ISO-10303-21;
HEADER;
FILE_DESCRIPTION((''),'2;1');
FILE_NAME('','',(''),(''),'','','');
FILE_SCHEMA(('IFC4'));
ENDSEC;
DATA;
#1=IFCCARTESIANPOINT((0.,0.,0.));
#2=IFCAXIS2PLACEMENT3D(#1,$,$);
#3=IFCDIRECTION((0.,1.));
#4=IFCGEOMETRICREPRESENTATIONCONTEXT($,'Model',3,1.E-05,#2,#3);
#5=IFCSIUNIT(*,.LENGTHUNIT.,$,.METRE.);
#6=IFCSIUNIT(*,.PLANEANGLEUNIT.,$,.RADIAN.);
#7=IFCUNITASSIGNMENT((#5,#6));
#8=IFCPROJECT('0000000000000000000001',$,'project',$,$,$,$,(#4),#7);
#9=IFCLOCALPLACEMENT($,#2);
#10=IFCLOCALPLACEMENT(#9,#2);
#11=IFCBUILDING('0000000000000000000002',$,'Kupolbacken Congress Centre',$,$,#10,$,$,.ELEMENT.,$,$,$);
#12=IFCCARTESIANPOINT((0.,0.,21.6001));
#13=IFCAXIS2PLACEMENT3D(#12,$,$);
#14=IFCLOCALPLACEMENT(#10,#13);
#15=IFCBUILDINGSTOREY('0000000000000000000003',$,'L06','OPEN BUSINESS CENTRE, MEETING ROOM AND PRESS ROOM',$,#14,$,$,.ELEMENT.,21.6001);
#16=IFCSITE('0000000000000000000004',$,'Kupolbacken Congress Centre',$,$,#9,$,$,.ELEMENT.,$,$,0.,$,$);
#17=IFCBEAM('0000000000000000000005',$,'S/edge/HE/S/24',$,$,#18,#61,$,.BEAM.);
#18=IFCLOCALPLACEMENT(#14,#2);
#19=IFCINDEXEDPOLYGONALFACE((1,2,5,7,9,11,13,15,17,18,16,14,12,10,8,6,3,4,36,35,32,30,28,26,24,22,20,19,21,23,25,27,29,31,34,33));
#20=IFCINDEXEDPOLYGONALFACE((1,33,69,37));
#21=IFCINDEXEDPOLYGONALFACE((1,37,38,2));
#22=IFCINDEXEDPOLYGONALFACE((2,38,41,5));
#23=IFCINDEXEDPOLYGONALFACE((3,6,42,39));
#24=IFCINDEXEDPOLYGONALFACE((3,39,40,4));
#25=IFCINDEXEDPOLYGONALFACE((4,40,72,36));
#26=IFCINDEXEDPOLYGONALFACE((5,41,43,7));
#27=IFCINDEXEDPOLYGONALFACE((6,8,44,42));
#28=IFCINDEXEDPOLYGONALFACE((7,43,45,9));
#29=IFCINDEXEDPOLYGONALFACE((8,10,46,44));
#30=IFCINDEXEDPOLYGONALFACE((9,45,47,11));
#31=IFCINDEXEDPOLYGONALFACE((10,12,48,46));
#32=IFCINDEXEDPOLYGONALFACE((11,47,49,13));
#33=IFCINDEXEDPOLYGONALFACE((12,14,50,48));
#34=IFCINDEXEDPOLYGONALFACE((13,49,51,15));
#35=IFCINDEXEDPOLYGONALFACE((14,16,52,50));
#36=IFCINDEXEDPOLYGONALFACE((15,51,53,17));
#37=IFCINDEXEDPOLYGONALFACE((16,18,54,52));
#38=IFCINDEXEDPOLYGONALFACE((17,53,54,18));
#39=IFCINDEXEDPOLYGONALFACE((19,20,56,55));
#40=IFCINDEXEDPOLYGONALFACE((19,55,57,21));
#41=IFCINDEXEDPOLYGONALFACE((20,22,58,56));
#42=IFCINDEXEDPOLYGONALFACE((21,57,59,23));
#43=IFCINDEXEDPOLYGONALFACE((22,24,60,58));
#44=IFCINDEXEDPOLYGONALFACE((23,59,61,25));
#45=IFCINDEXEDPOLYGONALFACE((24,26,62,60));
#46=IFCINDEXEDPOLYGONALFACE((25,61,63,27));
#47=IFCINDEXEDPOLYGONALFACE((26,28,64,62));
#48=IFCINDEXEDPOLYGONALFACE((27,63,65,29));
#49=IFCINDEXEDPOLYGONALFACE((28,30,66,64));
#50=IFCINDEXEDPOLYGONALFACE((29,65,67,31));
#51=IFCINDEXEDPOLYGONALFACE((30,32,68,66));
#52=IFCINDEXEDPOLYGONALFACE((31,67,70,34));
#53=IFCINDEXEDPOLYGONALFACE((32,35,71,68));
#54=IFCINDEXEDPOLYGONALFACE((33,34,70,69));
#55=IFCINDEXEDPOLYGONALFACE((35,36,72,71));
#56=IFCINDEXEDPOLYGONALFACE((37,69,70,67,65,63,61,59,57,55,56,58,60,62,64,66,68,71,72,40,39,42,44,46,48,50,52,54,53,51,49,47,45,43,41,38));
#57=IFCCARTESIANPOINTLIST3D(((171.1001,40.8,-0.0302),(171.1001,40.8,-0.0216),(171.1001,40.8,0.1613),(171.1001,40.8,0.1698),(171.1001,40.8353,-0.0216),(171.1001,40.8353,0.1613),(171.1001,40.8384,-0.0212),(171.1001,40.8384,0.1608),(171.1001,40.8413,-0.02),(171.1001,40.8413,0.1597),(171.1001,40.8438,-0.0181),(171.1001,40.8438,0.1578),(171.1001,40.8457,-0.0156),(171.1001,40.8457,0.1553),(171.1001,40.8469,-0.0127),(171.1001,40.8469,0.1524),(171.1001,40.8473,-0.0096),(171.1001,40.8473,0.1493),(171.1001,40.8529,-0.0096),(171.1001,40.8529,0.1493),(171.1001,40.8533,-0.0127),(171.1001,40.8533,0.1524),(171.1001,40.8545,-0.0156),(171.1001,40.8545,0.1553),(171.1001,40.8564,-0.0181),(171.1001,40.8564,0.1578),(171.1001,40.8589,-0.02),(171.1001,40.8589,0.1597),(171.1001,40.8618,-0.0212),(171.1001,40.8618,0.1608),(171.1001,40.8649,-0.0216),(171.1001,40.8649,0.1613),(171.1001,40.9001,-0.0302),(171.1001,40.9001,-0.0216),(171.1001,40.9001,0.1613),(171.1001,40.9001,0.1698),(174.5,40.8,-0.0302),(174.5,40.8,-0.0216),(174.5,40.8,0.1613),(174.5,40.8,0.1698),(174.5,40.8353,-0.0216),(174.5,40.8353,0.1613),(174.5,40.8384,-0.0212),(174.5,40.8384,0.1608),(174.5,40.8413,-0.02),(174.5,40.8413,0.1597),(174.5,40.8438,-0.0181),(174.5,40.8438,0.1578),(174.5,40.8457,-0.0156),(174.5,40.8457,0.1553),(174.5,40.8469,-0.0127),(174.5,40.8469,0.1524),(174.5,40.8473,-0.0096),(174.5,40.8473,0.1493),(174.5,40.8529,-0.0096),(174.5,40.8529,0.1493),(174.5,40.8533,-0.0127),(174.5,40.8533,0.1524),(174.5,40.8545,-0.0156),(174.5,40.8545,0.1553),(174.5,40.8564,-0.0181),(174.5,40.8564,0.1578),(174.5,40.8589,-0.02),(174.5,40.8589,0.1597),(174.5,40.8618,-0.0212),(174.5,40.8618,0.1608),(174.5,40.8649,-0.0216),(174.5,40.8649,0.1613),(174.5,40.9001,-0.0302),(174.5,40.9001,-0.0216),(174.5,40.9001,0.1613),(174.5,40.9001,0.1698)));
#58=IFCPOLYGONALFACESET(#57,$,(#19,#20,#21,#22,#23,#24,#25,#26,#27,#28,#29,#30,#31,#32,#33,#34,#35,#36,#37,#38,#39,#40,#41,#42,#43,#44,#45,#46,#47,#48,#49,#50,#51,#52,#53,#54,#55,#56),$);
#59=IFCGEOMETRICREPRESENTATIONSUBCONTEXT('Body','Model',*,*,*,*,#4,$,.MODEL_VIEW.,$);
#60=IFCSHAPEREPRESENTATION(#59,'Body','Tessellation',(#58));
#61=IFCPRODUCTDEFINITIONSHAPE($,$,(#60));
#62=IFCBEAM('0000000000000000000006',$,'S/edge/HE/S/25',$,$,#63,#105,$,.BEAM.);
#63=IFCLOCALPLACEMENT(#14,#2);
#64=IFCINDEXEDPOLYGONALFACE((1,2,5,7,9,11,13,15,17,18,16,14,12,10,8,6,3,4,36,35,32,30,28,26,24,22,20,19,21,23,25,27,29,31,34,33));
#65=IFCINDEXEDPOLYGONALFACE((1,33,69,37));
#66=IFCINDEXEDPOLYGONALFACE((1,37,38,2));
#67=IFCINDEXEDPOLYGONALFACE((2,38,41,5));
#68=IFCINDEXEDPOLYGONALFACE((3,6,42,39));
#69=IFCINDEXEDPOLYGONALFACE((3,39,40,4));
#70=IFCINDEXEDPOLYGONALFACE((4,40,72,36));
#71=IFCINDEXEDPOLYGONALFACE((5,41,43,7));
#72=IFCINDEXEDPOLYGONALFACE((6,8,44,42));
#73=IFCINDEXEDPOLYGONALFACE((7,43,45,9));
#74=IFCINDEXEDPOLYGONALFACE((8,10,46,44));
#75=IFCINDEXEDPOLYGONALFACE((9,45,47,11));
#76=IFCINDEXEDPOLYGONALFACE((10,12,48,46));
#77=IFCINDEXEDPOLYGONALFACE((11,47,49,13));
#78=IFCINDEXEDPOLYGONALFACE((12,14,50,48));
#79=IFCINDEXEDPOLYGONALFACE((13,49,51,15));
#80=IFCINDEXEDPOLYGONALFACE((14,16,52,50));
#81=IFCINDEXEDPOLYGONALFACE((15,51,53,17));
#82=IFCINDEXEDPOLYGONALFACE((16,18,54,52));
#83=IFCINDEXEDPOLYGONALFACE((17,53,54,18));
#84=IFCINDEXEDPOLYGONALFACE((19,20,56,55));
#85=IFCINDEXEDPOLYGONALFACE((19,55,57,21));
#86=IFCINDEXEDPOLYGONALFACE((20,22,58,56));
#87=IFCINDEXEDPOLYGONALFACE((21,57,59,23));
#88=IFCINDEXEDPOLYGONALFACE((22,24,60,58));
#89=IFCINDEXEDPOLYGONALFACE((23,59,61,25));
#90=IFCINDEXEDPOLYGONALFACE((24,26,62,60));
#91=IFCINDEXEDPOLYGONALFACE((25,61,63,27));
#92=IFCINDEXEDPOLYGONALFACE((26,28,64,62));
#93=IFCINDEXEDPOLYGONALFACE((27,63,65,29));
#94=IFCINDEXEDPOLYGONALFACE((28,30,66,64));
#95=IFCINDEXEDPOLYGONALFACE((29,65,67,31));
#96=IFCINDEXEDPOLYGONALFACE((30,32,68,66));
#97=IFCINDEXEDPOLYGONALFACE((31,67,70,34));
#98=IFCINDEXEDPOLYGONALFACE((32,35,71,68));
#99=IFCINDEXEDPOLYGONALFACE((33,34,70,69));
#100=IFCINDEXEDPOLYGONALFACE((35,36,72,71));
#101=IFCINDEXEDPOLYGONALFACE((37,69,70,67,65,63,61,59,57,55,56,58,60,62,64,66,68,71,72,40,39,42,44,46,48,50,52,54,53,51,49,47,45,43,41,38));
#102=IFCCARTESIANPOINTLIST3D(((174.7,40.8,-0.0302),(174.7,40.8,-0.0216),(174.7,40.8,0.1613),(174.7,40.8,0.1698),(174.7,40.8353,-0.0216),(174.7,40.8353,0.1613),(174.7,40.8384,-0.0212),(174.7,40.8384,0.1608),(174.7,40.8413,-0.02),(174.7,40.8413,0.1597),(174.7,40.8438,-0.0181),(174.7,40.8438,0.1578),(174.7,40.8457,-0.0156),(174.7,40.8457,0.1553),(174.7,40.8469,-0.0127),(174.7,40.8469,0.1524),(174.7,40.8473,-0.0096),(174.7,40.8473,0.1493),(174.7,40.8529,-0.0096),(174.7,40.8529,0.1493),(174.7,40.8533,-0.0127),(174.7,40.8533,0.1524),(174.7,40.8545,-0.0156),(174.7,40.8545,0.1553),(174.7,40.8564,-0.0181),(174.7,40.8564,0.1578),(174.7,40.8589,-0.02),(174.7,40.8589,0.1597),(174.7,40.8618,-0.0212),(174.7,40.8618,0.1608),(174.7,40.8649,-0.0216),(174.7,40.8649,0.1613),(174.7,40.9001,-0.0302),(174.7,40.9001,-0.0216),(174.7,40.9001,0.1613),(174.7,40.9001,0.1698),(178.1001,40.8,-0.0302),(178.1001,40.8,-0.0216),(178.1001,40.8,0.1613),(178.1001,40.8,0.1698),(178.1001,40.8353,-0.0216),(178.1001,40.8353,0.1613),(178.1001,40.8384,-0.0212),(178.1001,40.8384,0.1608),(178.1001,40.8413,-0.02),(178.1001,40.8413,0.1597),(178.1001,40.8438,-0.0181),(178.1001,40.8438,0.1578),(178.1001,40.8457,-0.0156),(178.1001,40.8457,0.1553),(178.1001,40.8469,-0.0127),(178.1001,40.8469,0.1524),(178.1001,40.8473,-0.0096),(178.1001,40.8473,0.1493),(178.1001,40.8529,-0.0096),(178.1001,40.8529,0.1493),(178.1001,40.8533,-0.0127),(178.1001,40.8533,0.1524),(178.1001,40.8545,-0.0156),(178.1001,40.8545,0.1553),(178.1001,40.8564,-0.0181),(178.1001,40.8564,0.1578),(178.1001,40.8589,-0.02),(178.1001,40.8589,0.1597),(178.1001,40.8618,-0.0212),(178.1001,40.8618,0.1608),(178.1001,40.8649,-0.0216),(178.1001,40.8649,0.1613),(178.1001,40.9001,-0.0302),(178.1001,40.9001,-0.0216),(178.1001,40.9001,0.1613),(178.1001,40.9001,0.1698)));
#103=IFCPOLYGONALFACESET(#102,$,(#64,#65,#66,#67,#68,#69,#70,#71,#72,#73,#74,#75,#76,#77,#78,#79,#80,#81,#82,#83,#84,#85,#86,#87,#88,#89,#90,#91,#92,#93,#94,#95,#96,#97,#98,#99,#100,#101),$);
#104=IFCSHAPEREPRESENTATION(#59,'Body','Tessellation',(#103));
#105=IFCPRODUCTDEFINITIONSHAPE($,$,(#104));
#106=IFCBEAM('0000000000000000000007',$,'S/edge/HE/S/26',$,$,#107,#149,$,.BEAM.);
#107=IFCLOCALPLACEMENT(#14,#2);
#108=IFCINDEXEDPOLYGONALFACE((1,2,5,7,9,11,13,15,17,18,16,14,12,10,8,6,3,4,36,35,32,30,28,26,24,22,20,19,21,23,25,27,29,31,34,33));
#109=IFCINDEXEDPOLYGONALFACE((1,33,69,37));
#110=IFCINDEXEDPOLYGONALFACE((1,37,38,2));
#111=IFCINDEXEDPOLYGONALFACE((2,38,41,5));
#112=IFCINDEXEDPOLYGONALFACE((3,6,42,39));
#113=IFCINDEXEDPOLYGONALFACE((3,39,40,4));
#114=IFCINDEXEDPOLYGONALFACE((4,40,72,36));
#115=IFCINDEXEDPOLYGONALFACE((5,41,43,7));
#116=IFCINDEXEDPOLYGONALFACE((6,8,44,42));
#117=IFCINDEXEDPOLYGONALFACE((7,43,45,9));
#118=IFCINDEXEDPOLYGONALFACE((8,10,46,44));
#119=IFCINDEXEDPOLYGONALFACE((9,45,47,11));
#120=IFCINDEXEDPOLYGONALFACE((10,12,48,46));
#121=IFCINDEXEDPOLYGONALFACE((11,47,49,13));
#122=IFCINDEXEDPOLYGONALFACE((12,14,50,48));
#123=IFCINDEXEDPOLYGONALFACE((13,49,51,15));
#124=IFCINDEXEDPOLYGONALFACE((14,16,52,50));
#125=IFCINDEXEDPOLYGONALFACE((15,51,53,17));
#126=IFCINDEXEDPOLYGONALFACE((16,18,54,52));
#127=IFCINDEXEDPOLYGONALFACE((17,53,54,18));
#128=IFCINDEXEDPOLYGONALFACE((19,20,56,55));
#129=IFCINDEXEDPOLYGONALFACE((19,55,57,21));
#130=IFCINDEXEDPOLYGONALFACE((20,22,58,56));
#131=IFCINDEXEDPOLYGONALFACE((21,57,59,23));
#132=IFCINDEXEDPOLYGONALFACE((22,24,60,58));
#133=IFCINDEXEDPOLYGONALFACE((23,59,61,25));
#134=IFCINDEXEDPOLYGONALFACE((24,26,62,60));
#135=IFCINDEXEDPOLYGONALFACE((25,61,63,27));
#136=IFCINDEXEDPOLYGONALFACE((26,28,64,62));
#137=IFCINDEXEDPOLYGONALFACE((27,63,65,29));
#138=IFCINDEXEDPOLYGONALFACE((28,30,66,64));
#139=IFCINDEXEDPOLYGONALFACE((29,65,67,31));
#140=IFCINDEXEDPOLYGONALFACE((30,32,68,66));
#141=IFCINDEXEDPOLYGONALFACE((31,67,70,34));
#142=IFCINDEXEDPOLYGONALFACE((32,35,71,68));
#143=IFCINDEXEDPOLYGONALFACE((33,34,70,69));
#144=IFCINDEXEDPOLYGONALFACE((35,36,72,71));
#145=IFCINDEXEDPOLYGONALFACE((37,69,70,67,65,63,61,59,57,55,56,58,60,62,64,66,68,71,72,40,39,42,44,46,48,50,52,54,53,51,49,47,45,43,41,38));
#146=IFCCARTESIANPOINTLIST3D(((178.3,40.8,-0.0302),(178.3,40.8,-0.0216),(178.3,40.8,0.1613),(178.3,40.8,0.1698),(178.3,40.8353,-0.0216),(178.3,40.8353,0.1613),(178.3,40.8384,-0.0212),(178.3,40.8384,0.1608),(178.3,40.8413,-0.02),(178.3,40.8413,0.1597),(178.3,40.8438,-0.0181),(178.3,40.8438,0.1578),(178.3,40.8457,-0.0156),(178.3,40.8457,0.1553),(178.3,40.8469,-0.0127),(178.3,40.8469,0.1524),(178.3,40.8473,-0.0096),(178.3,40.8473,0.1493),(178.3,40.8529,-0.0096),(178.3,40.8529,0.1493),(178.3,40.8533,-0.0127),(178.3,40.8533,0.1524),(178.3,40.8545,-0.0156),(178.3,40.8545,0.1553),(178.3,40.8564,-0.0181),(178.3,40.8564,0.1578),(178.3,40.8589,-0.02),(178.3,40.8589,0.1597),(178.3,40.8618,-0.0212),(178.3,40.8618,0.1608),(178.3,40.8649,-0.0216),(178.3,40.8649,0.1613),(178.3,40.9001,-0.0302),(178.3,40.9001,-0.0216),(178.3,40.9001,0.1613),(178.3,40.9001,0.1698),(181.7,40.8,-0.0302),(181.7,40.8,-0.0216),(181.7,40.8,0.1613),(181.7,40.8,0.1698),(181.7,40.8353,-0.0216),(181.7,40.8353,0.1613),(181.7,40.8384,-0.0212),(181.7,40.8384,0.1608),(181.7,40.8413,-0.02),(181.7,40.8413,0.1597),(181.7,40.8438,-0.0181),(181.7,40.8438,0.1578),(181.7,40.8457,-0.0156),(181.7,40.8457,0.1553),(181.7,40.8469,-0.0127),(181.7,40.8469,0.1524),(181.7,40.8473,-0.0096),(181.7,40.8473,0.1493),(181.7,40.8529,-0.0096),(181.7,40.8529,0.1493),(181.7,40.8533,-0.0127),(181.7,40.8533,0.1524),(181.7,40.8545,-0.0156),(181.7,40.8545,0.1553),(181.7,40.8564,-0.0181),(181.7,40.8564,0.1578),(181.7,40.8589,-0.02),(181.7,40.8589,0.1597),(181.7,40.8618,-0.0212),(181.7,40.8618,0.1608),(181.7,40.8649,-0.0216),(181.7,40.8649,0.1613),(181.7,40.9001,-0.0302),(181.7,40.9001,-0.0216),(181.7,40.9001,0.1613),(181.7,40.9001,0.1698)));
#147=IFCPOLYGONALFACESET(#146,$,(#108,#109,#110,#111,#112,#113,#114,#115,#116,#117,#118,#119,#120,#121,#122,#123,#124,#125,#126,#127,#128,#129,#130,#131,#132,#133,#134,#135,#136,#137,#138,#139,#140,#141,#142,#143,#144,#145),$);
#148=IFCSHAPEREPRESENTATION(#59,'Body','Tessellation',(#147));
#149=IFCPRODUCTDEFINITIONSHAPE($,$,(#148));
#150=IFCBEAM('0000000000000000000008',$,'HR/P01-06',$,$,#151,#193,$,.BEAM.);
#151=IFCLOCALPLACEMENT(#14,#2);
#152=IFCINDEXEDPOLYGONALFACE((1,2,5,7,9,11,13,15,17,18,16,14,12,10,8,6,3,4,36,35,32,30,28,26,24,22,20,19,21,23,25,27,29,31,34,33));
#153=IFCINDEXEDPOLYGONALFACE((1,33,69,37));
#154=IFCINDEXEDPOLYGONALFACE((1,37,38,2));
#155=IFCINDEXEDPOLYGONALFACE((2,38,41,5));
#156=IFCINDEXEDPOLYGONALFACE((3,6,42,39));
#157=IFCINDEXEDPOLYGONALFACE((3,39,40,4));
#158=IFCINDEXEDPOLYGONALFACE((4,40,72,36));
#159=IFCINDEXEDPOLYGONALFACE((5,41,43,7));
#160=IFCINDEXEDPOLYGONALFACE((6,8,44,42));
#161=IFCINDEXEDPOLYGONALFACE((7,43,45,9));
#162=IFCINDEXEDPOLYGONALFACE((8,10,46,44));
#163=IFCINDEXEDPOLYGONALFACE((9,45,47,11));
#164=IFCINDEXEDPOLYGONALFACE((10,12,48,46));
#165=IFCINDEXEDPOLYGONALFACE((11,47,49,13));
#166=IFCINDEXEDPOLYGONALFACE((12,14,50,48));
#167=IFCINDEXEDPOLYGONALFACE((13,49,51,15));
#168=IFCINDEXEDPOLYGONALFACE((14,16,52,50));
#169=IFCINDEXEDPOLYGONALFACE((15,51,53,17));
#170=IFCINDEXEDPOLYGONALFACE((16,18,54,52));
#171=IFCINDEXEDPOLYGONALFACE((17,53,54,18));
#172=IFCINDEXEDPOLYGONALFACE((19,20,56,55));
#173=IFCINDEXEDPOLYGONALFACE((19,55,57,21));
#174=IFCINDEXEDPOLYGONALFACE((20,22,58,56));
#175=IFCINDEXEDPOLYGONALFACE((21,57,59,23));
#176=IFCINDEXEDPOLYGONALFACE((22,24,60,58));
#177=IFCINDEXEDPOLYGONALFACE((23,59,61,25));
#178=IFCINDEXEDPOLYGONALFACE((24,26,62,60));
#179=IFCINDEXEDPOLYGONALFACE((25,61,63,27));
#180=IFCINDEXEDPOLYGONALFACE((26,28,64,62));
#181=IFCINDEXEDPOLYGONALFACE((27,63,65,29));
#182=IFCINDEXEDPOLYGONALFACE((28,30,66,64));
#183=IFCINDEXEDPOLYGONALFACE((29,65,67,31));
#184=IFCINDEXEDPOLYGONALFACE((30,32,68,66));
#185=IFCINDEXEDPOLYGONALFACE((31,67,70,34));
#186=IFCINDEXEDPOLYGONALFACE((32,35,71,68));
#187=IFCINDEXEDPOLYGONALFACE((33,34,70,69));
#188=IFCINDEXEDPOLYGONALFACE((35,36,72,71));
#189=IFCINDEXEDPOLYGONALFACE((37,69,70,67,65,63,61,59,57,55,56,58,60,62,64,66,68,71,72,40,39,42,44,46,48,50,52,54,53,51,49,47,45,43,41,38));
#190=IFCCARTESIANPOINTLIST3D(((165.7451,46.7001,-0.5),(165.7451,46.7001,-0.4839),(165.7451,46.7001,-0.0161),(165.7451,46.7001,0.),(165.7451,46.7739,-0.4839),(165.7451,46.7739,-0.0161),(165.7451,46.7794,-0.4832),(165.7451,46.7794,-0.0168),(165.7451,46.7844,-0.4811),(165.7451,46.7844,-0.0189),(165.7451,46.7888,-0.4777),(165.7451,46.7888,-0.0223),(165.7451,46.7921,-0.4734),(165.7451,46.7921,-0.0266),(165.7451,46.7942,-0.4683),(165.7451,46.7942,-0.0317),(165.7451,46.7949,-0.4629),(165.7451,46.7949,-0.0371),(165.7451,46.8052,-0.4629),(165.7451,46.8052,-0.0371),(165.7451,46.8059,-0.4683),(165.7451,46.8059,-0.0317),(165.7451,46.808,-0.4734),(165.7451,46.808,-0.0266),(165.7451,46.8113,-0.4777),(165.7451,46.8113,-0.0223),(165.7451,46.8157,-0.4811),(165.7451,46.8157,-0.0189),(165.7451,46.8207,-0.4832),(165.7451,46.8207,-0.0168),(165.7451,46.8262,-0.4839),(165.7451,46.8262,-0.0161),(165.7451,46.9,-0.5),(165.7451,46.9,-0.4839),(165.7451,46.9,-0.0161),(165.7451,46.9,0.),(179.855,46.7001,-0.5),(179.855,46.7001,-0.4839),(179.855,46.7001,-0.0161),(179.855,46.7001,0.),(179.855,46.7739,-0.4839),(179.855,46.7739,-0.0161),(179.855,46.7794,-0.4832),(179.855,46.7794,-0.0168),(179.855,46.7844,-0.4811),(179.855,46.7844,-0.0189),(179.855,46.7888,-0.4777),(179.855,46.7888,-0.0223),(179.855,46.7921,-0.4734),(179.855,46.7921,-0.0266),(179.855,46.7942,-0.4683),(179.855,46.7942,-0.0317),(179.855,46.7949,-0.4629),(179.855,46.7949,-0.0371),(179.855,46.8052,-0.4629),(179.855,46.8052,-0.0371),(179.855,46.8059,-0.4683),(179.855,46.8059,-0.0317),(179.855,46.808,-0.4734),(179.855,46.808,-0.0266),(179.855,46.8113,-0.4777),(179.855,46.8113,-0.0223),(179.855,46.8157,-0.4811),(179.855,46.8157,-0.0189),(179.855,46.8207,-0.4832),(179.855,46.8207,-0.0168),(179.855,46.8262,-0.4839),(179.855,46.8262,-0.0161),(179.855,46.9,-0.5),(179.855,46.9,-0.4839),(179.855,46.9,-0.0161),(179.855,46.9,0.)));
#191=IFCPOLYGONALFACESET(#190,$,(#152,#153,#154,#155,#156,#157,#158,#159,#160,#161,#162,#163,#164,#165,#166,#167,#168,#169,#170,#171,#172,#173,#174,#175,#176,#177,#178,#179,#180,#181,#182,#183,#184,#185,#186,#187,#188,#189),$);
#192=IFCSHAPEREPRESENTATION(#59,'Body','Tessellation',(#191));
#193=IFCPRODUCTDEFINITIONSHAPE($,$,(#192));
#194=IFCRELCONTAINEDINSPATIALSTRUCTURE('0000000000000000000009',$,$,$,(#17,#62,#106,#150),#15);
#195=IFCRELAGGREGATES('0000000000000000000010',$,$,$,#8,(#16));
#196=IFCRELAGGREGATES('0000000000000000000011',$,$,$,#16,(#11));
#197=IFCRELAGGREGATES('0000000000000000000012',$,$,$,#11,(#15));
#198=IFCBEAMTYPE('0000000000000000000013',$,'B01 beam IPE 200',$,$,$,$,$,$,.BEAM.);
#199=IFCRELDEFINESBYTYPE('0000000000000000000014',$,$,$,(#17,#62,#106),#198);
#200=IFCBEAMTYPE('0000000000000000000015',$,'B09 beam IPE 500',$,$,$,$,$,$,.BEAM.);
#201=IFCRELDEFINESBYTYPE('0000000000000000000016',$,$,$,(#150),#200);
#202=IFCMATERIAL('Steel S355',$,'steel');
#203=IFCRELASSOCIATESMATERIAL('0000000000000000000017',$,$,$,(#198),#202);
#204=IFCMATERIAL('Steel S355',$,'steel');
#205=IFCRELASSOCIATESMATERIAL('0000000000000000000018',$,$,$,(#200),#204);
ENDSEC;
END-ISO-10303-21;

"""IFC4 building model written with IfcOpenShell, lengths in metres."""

from ifc_helpers import new_model, si_unit, direction, frame, origin, origin_2d, place, context, subcontext, project, spatial, i_section, extrude, material, material_profile, profile_set, type_object, element, save


model = new_model("IFC4")

# Units and contexts
model_context = context("Model", 3, precision=1e-05, world=origin(), true_north=direction((0.0, 1.0)))
body_context = subcontext(model_context, "Body", "Model", "MODEL_VIEW")
ifc_project = project(units=[si_unit("LENGTHUNIT", "METRE"), si_unit("PLANEANGLEUNIT", "RADIAN")], contexts=[model_context])

# Site, building, storey
site_placement = place(None, origin())
site = spatial("IfcSite", under=ifc_project, at=site_placement, Name="Kupolbacken Congress Centre", CompositionType="ELEMENT", RefElevation=0.0)
building_placement = place(site_placement, origin())
building = spatial("IfcBuilding", under=site, at=building_placement, Name="Kupolbacken Congress Centre", CompositionType="ELEMENT")
storey_placement = place(building_placement, frame((0.0, 0.0, 21.6001)))
storey = spatial("IfcBuildingStorey", under=building, at=storey_placement, Name="L06", Description="OPEN BUSINESS CENTRE, MEETING ROOM AND PRESS ROOM", CompositionType="ELEMENT", Elevation=21.6001)

# Beams
ifc_material_1 = material(Name="Steel S355", Category="steel")
ifc_material_profile_1 = material_profile(ifc_material_1, i_section(OverallWidth=0.1001, OverallDepth=0.2, WebThickness=0.0056, FlangeThickness=0.0085, FilletRadius=0.012, at=origin_2d()), Name="IPE 200")
ifc_profile_set_1 = profile_set([ifc_material_profile_1], Name="Steel S355")
beam_type_1 = type_object("IfcBeamType", Name="B01 beam IPE 200", PredefinedType="BEAM", material=ifc_profile_set_1)
for number, where, z_axis, x_axis, name in (
    (1, (171.1001, 40.8501, 0.0698), (1.0, 0.0, 0.0), (0.0, 1.0, 0.0), "S/edge/HE/S/24"),
):
    element("IfcBeam", number, at=place(storey_placement, frame(where, z_axis=z_axis, x_axis=x_axis)), inside=storey, type_object=beam_type_1, Name=name, PredefinedType="BEAM", context=body_context, shape_type="SweptSolid", body=[
        extrude(i_section(OverallWidth=0.1001, OverallDepth=0.2, WebThickness=0.0056, FlangeThickness=0.0085, FilletRadius=0.012, at=origin_2d()), origin(), (0.0, 0.0, 1.0), 3.3999),
    ])
beam_1_placement = place(storey_placement, frame((174.7, 40.8501, 0.0698), z_axis=(1.0, 0.0, 0.0), x_axis=(0.0, 1.0, 0.0)))
element("IfcBeam", 2, at=beam_1_placement, inside=storey, type_object=beam_type_1, Name="S/edge/HE/S/25", PredefinedType="BEAM", context=body_context, shape_type="SweptSolid", body=[
    extrude(i_section(OverallWidth=0.1001, OverallDepth=0.2, WebThickness=0.0056, FlangeThickness=0.0085, FilletRadius=0.012, at=origin_2d()), origin(), (0.0, 0.0, 1.0), 3.4001),
])
beam_2_placement = place(storey_placement, frame((178.3, 40.8501, 0.0698), z_axis=(1.0, 0.0, 0.0), x_axis=(0.0, 1.0, 0.0)))
element("IfcBeam", 3, at=beam_2_placement, inside=storey, type_object=beam_type_1, Name="S/edge/HE/S/26", PredefinedType="BEAM", context=body_context, shape_type="SweptSolid", body=[
    extrude(i_section(OverallWidth=0.1001, OverallDepth=0.2, WebThickness=0.0056, FlangeThickness=0.0085, FilletRadius=0.012, at=origin_2d()), origin(), (0.0, 0.0, 1.0), 3.3999),
])
ifc_material_2 = material(Name="Steel S355", Category="steel")
ifc_material_profile_2 = material_profile(ifc_material_2, i_section(OverallWidth=0.2, OverallDepth=0.5, WebThickness=0.0103, FlangeThickness=0.0161, FilletRadius=0.021, at=origin_2d()), Name="IPE 500")
ifc_profile_set_2 = profile_set([ifc_material_profile_2], Name="Steel S355")
beam_type_2 = type_object("IfcBeamType", Name="B09 beam IPE 500", PredefinedType="BEAM", material=ifc_profile_set_2)
for number, where, z_axis, x_axis, name in (
    (4, (165.7451, 46.8, -0.25), (1.0, 0.0, 0.0), (0.0, 1.0, 0.0), "HR/P01-06"),
):
    element("IfcBeam", number, at=place(storey_placement, frame(where, z_axis=z_axis, x_axis=x_axis)), inside=storey, type_object=beam_type_2, Name=name, PredefinedType="BEAM", context=body_context, shape_type="SweptSolid", body=[
        extrude(i_section(OverallWidth=0.2, OverallDepth=0.5, WebThickness=0.0103, FlangeThickness=0.0161, FilletRadius=0.021, at=origin_2d()), origin(), (0.0, 0.0, 1.0), 14.1099),
    ])

save(model, "model.ifc")
